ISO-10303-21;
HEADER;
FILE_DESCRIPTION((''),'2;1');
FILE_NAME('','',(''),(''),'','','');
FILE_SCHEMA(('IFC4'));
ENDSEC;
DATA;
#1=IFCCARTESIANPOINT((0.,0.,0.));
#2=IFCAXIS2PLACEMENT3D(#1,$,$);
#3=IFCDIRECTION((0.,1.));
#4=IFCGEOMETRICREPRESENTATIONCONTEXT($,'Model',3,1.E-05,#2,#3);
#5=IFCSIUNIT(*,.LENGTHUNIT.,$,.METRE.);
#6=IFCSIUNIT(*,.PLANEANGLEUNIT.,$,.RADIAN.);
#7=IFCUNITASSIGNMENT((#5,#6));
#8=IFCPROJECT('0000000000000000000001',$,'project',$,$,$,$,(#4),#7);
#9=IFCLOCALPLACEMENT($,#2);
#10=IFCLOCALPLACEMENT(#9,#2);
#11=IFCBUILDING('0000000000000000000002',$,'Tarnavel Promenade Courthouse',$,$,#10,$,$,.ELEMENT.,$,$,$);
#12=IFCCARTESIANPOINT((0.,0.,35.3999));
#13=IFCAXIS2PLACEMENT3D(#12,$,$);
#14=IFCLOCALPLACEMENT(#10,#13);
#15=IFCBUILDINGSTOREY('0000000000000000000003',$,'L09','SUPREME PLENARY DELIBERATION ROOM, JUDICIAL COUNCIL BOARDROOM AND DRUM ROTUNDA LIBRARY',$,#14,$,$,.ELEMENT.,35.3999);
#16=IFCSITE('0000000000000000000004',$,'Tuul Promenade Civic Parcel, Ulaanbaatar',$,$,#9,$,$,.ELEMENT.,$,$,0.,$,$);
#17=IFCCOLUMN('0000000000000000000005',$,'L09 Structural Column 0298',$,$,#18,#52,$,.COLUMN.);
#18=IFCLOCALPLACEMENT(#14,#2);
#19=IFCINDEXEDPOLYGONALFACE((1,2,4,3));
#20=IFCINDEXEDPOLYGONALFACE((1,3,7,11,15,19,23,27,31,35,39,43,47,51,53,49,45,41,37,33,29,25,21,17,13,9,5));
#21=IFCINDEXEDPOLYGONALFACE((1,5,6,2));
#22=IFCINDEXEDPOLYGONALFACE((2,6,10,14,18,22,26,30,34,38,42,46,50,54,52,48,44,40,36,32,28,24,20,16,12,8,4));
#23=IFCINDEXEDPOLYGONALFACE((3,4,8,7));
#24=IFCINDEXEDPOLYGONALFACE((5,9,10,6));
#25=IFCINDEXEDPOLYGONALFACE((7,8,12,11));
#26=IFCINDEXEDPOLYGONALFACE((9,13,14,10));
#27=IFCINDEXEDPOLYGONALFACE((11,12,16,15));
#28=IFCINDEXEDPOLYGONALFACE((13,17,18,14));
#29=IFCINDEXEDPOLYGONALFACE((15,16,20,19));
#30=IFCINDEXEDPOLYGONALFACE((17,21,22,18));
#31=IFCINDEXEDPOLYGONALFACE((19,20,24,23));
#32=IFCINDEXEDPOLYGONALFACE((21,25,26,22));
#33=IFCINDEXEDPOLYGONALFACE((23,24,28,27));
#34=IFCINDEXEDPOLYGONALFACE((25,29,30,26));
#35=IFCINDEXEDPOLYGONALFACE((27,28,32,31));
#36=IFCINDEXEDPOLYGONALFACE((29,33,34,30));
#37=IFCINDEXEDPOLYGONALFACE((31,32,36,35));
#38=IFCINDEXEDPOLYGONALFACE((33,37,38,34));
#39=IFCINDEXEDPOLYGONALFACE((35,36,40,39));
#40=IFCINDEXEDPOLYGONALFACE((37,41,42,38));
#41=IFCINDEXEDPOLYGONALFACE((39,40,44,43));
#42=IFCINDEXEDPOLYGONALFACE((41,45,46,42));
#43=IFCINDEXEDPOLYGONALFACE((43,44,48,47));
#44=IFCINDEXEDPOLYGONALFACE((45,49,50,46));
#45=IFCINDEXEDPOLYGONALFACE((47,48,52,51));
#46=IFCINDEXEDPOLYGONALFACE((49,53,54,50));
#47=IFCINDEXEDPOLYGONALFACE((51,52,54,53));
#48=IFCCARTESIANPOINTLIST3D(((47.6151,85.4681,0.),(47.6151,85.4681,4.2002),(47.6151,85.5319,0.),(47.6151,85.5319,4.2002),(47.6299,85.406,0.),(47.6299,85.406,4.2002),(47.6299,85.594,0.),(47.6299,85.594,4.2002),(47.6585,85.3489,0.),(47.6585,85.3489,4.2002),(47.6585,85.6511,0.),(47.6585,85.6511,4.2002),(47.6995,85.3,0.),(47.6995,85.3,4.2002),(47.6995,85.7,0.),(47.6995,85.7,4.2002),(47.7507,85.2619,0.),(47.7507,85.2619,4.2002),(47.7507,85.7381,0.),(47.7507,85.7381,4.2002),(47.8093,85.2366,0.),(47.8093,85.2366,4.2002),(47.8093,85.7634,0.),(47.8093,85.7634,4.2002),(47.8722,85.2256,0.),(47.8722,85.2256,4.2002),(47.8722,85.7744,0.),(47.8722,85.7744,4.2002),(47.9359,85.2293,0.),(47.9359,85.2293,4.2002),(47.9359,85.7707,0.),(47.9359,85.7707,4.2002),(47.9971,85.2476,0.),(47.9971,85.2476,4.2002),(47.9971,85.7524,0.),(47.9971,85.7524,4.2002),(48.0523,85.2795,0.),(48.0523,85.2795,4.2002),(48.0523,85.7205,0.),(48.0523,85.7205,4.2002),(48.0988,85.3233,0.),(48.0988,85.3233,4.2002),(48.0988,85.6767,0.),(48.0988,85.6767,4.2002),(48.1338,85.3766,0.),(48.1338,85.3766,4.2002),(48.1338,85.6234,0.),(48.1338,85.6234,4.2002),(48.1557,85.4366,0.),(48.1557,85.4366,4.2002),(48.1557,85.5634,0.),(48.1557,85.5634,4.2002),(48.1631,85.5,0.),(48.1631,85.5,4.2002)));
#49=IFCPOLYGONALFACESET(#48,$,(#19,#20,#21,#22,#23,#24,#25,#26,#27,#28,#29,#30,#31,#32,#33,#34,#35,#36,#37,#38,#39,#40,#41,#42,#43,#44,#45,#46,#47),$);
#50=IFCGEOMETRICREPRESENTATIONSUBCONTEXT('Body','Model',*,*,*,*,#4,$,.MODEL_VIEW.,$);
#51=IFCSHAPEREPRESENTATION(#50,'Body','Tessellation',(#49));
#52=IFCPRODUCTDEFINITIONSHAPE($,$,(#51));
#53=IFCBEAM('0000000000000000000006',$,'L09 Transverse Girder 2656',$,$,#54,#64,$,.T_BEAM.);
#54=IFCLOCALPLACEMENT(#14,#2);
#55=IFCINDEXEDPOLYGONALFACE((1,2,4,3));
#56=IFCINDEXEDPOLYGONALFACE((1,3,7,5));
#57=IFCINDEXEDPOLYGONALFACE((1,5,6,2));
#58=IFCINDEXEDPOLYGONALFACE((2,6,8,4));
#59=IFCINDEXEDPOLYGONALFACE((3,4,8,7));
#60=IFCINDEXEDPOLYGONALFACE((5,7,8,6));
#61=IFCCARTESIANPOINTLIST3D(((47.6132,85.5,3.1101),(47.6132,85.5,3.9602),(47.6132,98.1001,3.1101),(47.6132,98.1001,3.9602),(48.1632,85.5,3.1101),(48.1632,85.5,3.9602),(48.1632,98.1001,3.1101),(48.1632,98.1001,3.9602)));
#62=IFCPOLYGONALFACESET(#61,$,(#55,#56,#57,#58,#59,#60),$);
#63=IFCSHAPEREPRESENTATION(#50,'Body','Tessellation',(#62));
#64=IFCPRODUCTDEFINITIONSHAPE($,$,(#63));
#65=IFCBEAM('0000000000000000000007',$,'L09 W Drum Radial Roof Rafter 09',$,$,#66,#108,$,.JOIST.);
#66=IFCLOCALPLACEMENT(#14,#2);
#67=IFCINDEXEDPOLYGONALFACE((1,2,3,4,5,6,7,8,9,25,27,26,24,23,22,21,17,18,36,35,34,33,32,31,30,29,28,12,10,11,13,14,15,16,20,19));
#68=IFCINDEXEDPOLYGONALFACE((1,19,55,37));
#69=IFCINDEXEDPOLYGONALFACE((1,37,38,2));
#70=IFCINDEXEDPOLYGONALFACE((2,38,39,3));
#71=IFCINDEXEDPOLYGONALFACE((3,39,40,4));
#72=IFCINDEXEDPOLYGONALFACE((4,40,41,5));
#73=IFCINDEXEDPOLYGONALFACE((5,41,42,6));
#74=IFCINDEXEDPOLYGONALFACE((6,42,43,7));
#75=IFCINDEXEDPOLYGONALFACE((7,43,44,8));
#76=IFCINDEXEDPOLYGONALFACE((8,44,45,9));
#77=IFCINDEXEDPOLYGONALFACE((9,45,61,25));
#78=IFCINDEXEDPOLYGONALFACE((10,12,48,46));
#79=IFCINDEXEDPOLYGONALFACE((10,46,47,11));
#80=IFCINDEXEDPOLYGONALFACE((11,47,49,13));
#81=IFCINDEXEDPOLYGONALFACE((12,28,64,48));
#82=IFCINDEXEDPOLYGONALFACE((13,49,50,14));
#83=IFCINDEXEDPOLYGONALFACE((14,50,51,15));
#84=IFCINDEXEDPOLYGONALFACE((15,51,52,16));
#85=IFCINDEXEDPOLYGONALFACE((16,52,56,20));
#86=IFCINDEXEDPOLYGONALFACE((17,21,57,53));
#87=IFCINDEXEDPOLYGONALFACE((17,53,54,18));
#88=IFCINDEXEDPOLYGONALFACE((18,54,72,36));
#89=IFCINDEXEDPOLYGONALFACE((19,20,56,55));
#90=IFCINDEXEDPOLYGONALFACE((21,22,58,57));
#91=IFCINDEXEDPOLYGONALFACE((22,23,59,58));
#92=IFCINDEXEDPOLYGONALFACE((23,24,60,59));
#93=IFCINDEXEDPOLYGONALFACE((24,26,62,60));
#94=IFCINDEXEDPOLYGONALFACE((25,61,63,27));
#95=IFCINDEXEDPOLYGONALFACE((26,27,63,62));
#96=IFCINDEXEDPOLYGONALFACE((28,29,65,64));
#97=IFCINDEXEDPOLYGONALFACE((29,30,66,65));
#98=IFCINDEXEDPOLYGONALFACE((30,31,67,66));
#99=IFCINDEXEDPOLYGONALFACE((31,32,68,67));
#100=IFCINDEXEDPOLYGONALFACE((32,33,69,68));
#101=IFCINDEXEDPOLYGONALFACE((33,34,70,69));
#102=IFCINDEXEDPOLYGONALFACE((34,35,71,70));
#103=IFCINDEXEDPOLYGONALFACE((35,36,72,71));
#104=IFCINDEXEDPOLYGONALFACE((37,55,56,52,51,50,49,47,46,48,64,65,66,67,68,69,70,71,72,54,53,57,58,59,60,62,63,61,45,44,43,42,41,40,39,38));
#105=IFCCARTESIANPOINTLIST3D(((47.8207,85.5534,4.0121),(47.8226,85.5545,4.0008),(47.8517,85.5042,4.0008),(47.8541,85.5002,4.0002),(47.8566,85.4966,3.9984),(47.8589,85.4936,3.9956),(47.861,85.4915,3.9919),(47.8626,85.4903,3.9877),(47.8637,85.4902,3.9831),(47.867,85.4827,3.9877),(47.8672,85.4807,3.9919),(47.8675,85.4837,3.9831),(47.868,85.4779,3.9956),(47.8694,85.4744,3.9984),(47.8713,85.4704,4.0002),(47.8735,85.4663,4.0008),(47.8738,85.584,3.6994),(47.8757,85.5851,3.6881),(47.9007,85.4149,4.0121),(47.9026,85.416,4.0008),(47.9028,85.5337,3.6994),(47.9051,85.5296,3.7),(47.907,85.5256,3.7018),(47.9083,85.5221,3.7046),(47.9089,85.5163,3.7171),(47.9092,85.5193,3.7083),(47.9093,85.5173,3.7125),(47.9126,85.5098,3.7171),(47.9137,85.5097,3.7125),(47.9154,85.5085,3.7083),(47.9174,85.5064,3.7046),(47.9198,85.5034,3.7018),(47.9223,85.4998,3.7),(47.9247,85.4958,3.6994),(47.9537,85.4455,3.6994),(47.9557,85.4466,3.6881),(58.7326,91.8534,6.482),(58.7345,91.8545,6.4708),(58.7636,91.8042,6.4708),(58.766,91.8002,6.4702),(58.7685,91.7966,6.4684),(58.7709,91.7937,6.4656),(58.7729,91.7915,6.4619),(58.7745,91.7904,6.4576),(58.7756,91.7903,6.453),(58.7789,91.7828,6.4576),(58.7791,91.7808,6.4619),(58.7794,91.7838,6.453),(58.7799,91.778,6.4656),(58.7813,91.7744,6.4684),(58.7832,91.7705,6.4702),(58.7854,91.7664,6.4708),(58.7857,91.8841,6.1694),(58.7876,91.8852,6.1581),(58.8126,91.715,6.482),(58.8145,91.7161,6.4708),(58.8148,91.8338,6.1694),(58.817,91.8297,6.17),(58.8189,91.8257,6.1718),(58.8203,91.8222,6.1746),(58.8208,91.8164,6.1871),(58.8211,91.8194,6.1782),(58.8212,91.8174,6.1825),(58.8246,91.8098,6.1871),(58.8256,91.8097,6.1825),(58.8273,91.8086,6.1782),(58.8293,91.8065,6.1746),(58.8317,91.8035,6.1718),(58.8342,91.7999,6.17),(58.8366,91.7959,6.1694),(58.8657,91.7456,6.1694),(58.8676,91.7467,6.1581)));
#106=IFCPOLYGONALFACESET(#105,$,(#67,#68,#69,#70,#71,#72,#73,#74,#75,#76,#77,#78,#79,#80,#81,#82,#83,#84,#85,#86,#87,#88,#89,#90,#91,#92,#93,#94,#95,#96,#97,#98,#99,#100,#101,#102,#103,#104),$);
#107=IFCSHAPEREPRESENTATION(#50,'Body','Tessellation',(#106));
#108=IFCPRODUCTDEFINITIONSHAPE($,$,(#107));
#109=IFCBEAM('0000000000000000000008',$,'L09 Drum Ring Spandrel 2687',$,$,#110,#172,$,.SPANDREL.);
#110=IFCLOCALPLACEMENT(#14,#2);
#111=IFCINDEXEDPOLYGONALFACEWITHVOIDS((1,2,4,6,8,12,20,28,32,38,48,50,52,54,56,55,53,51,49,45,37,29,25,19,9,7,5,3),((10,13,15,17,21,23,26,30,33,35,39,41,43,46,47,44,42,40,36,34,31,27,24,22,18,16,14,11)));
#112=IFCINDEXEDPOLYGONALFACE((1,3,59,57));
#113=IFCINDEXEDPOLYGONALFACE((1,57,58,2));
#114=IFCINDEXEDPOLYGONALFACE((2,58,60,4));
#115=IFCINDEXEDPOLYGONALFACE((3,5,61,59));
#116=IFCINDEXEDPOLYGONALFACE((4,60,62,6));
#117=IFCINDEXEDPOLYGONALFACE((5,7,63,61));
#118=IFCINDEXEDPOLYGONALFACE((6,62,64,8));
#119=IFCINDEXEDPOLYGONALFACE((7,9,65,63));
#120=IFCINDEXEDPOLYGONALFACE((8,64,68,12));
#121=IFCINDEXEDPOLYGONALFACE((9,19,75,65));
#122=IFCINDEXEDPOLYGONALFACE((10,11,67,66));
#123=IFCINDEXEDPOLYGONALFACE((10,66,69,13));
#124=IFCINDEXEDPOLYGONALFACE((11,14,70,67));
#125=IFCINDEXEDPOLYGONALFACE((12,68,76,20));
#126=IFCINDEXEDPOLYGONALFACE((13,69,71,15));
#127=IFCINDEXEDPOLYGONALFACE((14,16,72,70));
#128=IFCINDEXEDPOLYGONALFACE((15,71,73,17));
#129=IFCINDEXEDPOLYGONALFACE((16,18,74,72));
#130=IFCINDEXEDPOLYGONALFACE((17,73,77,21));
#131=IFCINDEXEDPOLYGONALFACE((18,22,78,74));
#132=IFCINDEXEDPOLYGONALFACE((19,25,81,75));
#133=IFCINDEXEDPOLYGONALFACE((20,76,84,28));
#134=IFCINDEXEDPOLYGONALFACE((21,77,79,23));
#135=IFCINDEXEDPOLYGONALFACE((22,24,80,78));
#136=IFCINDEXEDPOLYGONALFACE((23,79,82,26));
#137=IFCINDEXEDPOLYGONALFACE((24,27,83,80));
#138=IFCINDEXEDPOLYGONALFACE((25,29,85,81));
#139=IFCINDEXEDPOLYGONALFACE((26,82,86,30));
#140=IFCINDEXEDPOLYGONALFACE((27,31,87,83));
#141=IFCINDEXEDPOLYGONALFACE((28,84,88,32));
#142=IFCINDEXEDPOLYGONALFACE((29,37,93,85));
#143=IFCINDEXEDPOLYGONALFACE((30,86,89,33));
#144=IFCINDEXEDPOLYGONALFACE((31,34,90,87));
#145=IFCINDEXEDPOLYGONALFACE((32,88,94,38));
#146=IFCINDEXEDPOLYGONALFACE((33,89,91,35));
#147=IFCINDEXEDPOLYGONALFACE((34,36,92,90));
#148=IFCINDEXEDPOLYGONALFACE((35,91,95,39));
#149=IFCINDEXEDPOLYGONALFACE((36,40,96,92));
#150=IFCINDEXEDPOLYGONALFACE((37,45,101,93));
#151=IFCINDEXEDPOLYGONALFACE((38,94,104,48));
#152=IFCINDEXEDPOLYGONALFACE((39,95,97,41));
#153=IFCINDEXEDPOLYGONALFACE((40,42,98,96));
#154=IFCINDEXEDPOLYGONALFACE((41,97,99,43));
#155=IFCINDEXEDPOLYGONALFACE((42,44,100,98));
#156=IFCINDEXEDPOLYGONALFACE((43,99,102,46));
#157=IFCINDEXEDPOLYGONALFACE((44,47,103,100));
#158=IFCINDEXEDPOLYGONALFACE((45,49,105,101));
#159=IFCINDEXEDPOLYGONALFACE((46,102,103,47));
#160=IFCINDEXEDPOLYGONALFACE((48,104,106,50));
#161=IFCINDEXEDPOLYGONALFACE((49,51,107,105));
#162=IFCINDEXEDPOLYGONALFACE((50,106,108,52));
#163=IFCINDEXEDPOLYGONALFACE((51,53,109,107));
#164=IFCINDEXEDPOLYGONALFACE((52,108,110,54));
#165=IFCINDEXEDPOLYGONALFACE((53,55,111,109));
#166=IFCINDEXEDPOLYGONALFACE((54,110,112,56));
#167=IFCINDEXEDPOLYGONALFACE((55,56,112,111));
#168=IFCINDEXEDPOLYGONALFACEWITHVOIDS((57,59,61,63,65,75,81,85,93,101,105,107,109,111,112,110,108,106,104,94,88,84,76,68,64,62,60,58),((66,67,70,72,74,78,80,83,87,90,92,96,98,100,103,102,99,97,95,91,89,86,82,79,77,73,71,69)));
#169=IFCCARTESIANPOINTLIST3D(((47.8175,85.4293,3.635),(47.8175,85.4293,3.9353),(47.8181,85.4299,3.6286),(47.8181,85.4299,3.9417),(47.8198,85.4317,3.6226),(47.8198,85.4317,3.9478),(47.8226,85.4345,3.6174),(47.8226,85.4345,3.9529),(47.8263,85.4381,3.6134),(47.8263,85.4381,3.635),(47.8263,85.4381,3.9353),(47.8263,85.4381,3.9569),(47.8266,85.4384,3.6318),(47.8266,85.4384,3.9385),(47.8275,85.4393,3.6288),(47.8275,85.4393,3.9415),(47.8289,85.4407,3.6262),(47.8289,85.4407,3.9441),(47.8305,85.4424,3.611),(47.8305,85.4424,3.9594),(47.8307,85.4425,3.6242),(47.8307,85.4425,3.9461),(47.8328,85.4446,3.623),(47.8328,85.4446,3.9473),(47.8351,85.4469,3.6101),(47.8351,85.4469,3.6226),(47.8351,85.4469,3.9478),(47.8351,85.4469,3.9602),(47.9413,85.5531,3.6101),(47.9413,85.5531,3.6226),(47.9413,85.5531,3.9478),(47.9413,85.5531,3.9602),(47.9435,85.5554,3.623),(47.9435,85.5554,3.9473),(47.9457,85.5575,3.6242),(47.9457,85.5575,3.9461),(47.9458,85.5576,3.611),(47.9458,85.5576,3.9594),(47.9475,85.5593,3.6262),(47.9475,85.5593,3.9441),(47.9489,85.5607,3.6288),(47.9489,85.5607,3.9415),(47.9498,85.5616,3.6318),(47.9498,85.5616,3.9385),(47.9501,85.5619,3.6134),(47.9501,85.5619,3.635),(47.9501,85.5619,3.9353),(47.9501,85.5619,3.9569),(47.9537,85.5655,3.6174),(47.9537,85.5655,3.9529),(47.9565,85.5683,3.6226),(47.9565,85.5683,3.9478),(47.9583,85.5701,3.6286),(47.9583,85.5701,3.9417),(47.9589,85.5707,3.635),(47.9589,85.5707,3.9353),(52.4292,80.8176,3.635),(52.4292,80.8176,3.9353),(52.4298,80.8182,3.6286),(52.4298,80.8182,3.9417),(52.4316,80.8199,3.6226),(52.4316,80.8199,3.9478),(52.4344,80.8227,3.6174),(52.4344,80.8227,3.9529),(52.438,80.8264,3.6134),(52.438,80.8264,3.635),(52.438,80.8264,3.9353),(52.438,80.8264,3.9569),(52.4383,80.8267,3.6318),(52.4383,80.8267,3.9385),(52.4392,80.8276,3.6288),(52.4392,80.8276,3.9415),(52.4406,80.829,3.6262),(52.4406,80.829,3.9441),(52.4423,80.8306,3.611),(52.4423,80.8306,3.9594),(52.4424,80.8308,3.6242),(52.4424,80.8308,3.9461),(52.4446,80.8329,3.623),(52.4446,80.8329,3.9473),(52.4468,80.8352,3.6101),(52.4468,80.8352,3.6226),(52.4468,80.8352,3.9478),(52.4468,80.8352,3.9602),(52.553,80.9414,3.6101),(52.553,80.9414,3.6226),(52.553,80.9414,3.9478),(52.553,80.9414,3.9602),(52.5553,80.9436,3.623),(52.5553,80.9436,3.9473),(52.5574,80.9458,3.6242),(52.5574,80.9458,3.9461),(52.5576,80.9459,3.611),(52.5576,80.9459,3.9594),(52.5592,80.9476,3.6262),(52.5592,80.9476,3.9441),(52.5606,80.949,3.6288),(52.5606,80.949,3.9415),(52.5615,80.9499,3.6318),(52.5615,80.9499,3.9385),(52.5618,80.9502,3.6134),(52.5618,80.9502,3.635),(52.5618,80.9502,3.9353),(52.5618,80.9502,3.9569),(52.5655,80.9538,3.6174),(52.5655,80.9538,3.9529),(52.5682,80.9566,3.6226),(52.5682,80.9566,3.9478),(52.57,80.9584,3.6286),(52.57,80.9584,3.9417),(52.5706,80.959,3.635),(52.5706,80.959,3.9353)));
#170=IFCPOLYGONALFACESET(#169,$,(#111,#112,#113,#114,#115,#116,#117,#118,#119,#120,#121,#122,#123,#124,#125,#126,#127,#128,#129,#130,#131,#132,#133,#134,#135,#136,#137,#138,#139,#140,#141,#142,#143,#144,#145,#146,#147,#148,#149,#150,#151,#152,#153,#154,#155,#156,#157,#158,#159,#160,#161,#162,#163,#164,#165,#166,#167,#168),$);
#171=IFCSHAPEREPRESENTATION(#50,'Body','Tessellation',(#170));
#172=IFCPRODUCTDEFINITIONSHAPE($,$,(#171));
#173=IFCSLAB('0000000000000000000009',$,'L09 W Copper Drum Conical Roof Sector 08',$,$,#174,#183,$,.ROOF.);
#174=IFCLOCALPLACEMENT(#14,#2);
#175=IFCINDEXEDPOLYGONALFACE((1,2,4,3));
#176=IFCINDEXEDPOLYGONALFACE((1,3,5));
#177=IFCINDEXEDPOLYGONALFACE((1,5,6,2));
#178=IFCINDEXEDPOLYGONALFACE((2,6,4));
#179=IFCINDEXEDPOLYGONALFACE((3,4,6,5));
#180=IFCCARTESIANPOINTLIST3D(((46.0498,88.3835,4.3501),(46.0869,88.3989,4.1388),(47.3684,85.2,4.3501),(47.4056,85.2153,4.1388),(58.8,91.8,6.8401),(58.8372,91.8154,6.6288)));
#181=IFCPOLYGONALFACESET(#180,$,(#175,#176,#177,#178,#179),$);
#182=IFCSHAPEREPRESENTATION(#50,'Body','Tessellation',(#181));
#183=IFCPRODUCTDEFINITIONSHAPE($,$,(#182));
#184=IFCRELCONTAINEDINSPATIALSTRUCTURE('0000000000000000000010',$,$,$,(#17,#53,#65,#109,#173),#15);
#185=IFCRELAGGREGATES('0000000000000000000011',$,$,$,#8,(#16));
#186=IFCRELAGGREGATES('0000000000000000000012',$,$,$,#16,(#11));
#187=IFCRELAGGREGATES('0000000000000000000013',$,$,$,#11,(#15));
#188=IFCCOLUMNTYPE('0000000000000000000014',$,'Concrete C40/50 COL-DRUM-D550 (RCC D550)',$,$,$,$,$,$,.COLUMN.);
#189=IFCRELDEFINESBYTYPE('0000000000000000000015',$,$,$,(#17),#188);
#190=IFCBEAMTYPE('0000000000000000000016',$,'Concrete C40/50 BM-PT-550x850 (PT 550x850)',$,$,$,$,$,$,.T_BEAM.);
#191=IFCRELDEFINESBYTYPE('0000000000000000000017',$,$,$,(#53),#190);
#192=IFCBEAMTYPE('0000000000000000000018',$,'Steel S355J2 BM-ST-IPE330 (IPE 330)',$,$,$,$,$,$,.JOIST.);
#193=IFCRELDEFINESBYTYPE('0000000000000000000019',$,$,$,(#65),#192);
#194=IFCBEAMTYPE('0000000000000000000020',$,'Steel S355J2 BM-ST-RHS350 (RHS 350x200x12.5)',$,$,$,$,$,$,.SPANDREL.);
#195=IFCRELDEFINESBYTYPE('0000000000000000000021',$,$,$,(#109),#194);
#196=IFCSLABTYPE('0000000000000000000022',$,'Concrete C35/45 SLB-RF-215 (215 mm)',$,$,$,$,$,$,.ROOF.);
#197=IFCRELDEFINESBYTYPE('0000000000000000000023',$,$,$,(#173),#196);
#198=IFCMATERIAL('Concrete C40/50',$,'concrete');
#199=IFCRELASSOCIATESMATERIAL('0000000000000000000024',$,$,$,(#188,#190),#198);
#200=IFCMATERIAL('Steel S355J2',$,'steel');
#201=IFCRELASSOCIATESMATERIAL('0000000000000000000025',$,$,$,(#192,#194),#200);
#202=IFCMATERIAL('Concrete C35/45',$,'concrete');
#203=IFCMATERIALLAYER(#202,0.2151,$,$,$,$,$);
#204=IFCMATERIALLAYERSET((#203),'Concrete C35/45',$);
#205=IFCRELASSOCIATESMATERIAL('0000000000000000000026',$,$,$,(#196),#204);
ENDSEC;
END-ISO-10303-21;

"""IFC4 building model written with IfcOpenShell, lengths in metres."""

from ifc_helpers import new_model, si_unit, direction, frame, origin, origin_2d, place, context, subcontext, project, spatial, polyline, rectangle, hollow_rectangle, circle, i_section, outline, extrude, material, layer, layer_set, material_profile, profile_set, type_object, element, save


model = new_model("IFC4")

# Units and contexts
model_context = context("Model", 3, precision=1e-05, world=origin(), true_north=direction((0.0, 1.0)))
body_context = subcontext(model_context, "Body", "Model", "MODEL_VIEW")
ifc_project = project(units=[si_unit("LENGTHUNIT", "METRE"), si_unit("PLANEANGLEUNIT", "RADIAN")], contexts=[model_context])

# Site, building, storey
site_placement = place(None, origin())
site = spatial("IfcSite", under=ifc_project, at=site_placement, Name="Tuul Promenade Civic Parcel, Ulaanbaatar", CompositionType="ELEMENT", RefElevation=0.0)
building_placement = place(site_placement, origin())
building = spatial("IfcBuilding", under=site, at=building_placement, Name="Tarnavel Promenade Courthouse", CompositionType="ELEMENT")
storey_placement = place(building_placement, frame((0.0, 0.0, 35.3999)))
storey = spatial("IfcBuildingStorey", under=building, at=storey_placement, Name="L09", Description="SUPREME PLENARY DELIBERATION ROOM, JUDICIAL COUNCIL BOARDROOM AND DRUM ROTUNDA LIBRARY", CompositionType="ELEMENT", Elevation=35.3999)

# Column
ifc_material_1 = material(Name="Concrete C40/50", Category="concrete")
ifc_material_profile_1 = material_profile(ifc_material_1, circle(Radius=0.2749, at=origin_2d()), Name="RCC D550")
ifc_profile_set_1 = profile_set([ifc_material_profile_1], Name="Concrete C40/50")
column_type = type_object("IfcColumnType", Name="Concrete C40/50 COL-DRUM-D550 (RCC D550)", PredefinedType="COLUMN", material=ifc_profile_set_1)
column_placement = place(storey_placement, frame((47.8882, 85.5, 0.0), z_axis=(0.0, 0.0, 1.0), x_axis=(1.0, 0.0, 0.0)))
element("IfcColumn", 1, at=column_placement, inside=storey, type_object=column_type, Name="L09 Structural Column 0298", PredefinedType="COLUMN", context=body_context, shape_type="SweptSolid", body=[
    extrude(circle(Radius=0.2749, at=origin_2d()), origin(), (0.0, 0.0, 1.0), 4.2002),
])

# Beams
ifc_material_profile_2 = material_profile(ifc_material_1, rectangle(XDim=0.55, YDim=0.8501, at=origin_2d()), Name="PT 550x850")
ifc_profile_set_2 = profile_set([ifc_material_profile_2], Name="Concrete C40/50")
beam_type_1 = type_object("IfcBeamType", Name="Concrete C40/50 BM-PT-550x850 (PT 550x850)", PredefinedType="T_BEAM", material=ifc_profile_set_2)
beam_1_placement = place(storey_placement, frame((47.8882, 85.5, 3.5352), z_axis=(0.0, 1.0, 0.0), x_axis=(-1.0, 0.0, 0.0)))
element("IfcBeam", 2, at=beam_1_placement, inside=storey, type_object=beam_type_1, Name="L09 Transverse Girder 2656", PredefinedType="T_BEAM", context=body_context, shape_type="SweptSolid", body=[
    extrude(rectangle(XDim=0.55, YDim=0.8501, at=origin_2d()), origin(), (0.0, 0.0, 1.0), 12.6001),
])
ifc_material_2 = material(Name="Steel S355J2", Category="steel")
ifc_material_profile_3 = material_profile(ifc_material_2, i_section(OverallWidth=0.1599, OverallDepth=0.3301, WebThickness=0.0076, FlangeThickness=0.0115, FilletRadius=0.0181, at=origin_2d()), Name="IPE 330")
ifc_profile_set_3 = profile_set([ifc_material_profile_3], Name="Steel S355J2")
beam_type_2 = type_object("IfcBeamType", Name="Steel S355J2 BM-ST-IPE330 (IPE 330)", PredefinedType="JOIST", material=ifc_profile_set_3)
beam_2_placement = place(storey_placement, frame((47.8882, 85.5, 3.8501), z_axis=(0.849848, 0.490666, 0.192368), x_axis=(-0.500005, 0.866023, 0.0)))
element("IfcBeam", 3, at=beam_2_placement, inside=storey, type_object=beam_type_2, Name="L09 W Drum Radial Roof Rafter 09", PredefinedType="JOIST", context=body_context, shape_type="SweptSolid", body=[
    extrude(i_section(OverallWidth=0.1599, OverallDepth=0.3301, WebThickness=0.0076, FlangeThickness=0.0115, FilletRadius=0.0181, at=origin_2d()), origin(), (0.0, 0.0, 1.0), 12.8398),
])
ifc_material_profile_4 = material_profile(ifc_material_2, hollow_rectangle(XDim=0.2, YDim=0.3501, WallThickness=0.0125, InnerFilletRadius=0.0125, OuterFilletRadius=0.0249, at=origin_2d()), Name="RHS 350x200x12.5")
ifc_profile_set_4 = profile_set([ifc_material_profile_4], Name="Steel S355J2")
beam_type_3 = type_object("IfcBeamType", Name="Steel S355J2 BM-ST-RHS350 (RHS 350x200x12.5)", PredefinedType="SPANDREL", material=ifc_profile_set_4)
beam_3_placement = place(storey_placement, frame((47.8882, 85.5, 3.7852), z_axis=(0.707107, -0.707107, 0.0), x_axis=(0.707107, 0.707107, 0.0)))
element("IfcBeam", 4, at=beam_3_placement, inside=storey, type_object=beam_type_3, Name="L09 Drum Ring Spandrel 2687", PredefinedType="SPANDREL", context=body_context, shape_type="SweptSolid", body=[
    extrude(hollow_rectangle(XDim=0.2, YDim=0.3501, WallThickness=0.0125, InnerFilletRadius=0.0125, OuterFilletRadius=0.0249, at=origin_2d()), origin(), (0.0, 0.0, 1.0), 6.522),
])

# Slab
ifc_material_3 = material(Name="Concrete C35/45", Category="concrete")
ifc_layer_1 = layer(ifc_material_3, 0.2151)
ifc_layer_set_1 = layer_set([ifc_layer_1], Name="Concrete C35/45")
slab_type = type_object("IfcSlabType", Name="Concrete C35/45 SLB-RF-215 (215 mm)", PredefinedType="ROOF", material=ifc_layer_set_1)
slab_1_placement = place(storey_placement, frame((46.0498, 88.3835, 4.3501), z_axis=(-0.172683, -0.071523, 0.982377), x_axis=(0.382663, -0.923888, 0.0)))
element("IfcSlab", 5, at=slab_1_placement, inside=storey, type_object=slab_type, Name="L09 W Copper Drum Conical Roof Sector 08", PredefinedType="ROOF", context=body_context, shape_type="SweptSolid", body=[
    extrude(outline(polyline([(0.0, 0.0), (3.4459, 0.0), (1.7226, 13.3219), (0.0, 0.0)])), origin(), (0.0, 0.0, -1.0), 0.2151),
])

save(model, "model.ifc")
